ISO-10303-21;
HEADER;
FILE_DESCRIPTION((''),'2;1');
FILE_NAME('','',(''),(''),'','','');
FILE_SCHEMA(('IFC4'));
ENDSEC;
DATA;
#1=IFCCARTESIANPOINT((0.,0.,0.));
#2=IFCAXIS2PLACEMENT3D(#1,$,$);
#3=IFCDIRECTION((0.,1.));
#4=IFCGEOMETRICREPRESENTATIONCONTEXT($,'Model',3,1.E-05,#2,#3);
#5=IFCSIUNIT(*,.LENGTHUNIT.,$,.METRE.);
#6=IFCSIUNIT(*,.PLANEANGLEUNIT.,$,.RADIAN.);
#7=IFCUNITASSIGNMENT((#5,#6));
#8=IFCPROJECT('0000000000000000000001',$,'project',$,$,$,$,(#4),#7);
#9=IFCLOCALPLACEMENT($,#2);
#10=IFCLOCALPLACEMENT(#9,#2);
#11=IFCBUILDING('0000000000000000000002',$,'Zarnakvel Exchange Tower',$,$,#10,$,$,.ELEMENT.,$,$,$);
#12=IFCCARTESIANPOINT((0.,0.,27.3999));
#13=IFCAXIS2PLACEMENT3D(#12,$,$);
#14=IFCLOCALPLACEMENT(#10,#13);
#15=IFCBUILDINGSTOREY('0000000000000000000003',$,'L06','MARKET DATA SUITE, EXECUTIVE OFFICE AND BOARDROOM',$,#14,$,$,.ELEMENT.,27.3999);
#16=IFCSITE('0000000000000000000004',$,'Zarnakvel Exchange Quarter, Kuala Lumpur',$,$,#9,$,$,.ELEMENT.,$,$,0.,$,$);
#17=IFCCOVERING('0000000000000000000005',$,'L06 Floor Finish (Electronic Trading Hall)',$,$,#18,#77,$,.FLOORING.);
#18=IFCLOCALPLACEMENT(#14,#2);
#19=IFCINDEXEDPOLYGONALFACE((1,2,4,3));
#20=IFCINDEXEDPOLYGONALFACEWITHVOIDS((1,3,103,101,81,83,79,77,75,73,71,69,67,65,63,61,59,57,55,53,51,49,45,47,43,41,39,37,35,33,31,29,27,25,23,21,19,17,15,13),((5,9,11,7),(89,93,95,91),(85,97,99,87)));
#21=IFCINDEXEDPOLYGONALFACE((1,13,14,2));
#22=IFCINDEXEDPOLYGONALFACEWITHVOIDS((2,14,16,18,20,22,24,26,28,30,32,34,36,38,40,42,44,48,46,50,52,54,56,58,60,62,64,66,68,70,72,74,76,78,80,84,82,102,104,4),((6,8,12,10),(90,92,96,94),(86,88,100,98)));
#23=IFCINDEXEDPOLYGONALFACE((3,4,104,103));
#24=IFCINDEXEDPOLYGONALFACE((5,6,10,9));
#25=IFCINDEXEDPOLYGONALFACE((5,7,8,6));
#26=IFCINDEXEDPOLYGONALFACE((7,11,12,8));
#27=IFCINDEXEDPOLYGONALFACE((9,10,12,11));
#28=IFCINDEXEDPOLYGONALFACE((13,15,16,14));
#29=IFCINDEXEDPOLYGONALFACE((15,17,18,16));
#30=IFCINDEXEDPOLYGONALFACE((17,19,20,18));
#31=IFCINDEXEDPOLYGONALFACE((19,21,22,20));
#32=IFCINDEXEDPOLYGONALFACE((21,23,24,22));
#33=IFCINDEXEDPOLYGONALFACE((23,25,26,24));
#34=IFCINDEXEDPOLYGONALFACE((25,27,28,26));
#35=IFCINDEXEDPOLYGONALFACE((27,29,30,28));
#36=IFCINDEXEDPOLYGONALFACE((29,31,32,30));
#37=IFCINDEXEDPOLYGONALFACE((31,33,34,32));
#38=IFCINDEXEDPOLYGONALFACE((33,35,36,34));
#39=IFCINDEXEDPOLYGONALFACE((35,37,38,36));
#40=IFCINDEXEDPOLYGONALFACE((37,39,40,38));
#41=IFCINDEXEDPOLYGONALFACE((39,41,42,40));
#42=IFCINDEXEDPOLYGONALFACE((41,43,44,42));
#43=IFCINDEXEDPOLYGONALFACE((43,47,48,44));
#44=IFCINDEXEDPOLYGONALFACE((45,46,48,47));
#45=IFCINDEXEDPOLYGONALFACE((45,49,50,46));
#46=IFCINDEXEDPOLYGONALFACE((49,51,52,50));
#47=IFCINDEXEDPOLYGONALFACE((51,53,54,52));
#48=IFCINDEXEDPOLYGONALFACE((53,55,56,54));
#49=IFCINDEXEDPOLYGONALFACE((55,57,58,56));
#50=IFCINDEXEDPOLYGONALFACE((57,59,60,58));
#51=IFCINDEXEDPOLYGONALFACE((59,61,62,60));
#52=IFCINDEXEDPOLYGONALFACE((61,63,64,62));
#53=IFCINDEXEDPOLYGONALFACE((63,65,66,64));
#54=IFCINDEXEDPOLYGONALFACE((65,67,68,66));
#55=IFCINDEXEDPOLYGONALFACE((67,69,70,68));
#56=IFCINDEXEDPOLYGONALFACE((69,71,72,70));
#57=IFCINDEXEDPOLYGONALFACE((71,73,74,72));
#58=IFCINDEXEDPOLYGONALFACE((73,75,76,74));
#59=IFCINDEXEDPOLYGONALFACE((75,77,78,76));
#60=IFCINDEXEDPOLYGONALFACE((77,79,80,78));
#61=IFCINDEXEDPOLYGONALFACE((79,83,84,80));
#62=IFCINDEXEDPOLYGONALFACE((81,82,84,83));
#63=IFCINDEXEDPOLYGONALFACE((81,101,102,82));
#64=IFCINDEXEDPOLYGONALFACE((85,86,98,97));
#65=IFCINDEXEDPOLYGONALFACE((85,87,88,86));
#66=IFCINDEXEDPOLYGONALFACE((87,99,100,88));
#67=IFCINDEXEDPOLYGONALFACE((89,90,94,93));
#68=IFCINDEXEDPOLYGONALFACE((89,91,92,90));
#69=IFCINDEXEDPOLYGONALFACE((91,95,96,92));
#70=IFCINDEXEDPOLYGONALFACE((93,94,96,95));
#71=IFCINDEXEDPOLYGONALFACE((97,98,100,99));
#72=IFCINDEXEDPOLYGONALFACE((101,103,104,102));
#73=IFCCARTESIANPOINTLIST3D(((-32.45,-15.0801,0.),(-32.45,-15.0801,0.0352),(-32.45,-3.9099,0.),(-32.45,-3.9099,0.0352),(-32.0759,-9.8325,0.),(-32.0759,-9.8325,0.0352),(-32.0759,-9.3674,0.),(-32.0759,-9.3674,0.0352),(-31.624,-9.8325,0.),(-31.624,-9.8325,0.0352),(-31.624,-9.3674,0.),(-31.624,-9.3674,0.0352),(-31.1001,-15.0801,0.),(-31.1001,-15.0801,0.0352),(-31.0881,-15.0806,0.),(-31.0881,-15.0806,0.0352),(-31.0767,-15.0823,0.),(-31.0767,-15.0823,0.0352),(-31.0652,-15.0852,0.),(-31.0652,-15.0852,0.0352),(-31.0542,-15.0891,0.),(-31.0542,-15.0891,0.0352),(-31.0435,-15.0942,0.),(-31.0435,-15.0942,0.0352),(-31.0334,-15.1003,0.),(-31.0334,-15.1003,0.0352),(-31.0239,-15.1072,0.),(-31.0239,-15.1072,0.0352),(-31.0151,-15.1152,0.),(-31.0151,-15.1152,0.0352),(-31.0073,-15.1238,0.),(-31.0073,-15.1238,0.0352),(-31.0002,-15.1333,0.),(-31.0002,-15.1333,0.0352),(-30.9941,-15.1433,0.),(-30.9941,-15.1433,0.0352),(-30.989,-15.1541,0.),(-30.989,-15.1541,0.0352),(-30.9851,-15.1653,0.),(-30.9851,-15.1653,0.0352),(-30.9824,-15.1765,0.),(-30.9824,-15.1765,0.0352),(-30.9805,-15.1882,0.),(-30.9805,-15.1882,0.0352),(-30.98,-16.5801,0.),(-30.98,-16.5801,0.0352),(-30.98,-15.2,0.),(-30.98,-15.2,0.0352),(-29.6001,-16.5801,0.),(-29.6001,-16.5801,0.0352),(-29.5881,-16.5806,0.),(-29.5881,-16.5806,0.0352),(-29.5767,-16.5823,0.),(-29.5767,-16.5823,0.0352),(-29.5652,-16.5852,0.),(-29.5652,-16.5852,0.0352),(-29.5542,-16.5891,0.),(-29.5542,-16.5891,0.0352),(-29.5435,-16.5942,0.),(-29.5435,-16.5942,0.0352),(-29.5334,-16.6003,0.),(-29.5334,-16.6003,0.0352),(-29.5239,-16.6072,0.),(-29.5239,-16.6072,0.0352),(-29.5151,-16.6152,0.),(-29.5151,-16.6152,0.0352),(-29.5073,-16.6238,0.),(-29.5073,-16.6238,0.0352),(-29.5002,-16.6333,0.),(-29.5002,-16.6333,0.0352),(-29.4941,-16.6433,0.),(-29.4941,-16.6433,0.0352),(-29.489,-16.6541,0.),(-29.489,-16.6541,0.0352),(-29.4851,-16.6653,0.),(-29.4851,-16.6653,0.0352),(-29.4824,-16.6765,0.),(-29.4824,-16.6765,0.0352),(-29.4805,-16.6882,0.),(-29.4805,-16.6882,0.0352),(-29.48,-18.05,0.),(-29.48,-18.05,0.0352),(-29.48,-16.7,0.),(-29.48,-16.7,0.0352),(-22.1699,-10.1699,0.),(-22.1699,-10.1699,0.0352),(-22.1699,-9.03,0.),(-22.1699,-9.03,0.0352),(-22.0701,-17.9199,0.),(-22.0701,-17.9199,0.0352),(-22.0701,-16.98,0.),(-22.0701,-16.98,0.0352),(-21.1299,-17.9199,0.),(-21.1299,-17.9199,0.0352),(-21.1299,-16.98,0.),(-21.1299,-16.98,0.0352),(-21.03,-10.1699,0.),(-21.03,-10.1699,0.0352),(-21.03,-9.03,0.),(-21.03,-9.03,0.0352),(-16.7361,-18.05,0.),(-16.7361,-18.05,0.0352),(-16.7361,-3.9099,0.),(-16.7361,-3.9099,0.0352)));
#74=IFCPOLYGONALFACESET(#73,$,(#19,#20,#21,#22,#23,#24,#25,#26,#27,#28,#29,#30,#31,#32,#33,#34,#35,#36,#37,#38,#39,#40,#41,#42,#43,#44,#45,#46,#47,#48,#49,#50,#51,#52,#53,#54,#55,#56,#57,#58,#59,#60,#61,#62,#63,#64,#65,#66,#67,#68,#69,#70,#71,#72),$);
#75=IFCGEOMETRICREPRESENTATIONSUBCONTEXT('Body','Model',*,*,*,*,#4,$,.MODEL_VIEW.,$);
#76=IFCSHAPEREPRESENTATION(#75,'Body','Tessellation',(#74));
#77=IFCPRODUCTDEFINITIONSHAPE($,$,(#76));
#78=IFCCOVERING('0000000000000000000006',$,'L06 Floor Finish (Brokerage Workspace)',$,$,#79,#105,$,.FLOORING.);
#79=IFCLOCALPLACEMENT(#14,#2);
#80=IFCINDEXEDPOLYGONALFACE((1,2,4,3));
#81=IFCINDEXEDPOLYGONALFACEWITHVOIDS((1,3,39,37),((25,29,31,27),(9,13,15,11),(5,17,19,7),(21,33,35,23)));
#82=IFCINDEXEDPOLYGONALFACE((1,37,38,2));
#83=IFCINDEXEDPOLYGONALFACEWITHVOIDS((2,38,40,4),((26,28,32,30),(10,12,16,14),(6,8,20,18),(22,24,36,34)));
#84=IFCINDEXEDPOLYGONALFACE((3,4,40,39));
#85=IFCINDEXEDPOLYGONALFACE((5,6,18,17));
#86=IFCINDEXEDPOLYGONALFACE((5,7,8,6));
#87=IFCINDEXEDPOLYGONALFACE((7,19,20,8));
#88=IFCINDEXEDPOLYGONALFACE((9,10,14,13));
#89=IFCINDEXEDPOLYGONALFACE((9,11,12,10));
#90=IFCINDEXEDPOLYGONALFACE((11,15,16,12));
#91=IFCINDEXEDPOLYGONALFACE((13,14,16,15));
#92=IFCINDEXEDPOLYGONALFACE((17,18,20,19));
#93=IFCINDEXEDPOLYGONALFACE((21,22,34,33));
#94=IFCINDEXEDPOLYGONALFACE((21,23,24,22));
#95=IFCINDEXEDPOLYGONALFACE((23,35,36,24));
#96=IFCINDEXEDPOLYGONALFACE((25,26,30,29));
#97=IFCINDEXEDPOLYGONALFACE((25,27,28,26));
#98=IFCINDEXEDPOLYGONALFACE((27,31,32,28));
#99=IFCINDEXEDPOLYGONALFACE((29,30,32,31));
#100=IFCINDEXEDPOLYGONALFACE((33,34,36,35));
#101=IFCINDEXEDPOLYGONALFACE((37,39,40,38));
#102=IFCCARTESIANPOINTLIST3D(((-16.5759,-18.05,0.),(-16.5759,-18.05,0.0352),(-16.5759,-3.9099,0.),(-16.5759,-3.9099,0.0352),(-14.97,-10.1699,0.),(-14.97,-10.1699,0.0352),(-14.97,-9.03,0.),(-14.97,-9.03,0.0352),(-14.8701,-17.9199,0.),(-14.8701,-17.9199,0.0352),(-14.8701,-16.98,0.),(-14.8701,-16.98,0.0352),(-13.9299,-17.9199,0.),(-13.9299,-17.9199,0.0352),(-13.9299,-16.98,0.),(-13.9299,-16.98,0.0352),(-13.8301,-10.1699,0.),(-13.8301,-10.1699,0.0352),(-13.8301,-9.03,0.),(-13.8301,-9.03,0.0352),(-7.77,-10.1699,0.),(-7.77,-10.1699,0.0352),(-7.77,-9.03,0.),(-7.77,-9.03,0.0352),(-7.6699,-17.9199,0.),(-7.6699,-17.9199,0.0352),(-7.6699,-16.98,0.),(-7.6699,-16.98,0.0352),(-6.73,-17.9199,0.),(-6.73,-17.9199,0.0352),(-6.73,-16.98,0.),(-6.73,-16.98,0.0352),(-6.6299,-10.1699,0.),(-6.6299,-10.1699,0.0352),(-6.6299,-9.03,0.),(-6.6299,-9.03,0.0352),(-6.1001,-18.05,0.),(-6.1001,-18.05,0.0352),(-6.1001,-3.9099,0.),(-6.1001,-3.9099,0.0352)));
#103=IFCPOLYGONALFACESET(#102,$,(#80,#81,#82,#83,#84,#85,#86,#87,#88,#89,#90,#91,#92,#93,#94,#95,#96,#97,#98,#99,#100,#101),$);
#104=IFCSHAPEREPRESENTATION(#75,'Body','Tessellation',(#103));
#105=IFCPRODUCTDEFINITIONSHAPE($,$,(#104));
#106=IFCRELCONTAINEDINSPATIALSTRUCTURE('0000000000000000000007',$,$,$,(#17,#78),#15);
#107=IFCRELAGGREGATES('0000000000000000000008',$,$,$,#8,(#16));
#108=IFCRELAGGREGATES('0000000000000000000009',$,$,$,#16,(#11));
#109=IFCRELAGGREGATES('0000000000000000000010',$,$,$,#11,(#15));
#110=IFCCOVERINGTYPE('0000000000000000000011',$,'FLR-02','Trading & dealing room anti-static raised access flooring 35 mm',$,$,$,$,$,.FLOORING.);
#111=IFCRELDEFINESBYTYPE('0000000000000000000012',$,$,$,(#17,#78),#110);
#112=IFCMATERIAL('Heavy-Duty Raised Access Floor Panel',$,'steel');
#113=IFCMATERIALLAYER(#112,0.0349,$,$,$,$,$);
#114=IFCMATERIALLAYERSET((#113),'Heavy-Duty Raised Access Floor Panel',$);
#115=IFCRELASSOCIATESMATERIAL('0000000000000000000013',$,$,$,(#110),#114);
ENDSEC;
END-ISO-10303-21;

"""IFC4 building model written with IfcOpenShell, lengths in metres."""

from ifc_helpers import new_model, si_unit, direction, frame, origin, place, context, subcontext, project, spatial, polyline, outline, extrude, material, layer, layer_set, type_object, element, save


model = new_model("IFC4")

# Units and contexts
model_context = context("Model", 3, precision=1e-05, world=origin(), true_north=direction((0.0, 1.0)))
body_context = subcontext(model_context, "Body", "Model", "MODEL_VIEW")
ifc_project = project(units=[si_unit("LENGTHUNIT", "METRE"), si_unit("PLANEANGLEUNIT", "RADIAN")], contexts=[model_context])

# Site, building, storey
site_placement = place(None, origin())
site = spatial("IfcSite", under=ifc_project, at=site_placement, Name="Zarnakvel Exchange Quarter, Kuala Lumpur", CompositionType="ELEMENT", RefElevation=0.0)
building_placement = place(site_placement, origin())
building = spatial("IfcBuilding", under=site, at=building_placement, Name="Zarnakvel Exchange Tower", CompositionType="ELEMENT")
storey_placement = place(building_placement, frame((0.0, 0.0, 27.3999)))
storey = spatial("IfcBuildingStorey", under=building, at=storey_placement, Name="L06", Description="MARKET DATA SUITE, EXECUTIVE OFFICE AND BOARDROOM", CompositionType="ELEMENT", Elevation=27.3999)

# Coverings
ifc_material_1 = material(Name="Heavy-Duty Raised Access Floor Panel", Category="steel")
ifc_layer_1 = layer(ifc_material_1, 0.0349)
ifc_layer_set_1 = layer_set([ifc_layer_1], Name="Heavy-Duty Raised Access Floor Panel")
covering_type_1 = type_object("IfcCoveringType", Name="FLR-02", Description="Trading & dealing room anti-static raised access flooring 35 mm", PredefinedType="FLOORING", material=ifc_layer_set_1)
covering_1_placement = place(storey_placement, origin())
element("IfcCovering", 1, at=covering_1_placement, inside=storey, type_object=covering_type_1, Name="L06 Floor Finish (Electronic Trading Hall)", PredefinedType="FLOORING", context=body_context, shape_type="SweptSolid", body=[
    extrude(outline(polyline([(-16.7361, -3.9099), (-16.7361, -18.05), (-29.48, -18.05), (-29.48, -16.7), (-29.4805, -16.6882), (-29.4824, -16.6765), (-29.4851, -16.6653), (-29.489, -16.6541), (-29.4941, -16.6433), (-29.5002, -16.6333), (-29.5073, -16.6238), (-29.5151, -16.6152), (-29.5239, -16.6072), (-29.5334, -16.6003), (-29.5435, -16.5942), (-29.5542, -16.5891), (-29.5652, -16.5852), (-29.5767, -16.5823), (-29.5881, -16.5806), (-29.6001, -16.5801), (-30.98, -16.5801), (-30.98, -15.2), (-30.9805, -15.1882), (-30.9824, -15.1765), (-30.9851, -15.1653), (-30.989, -15.1541), (-30.9941, -15.1433), (-31.0002, -15.1333), (-31.0073, -15.1238), (-31.0151, -15.1152), (-31.0239, -15.1072), (-31.0334, -15.1003), (-31.0435, -15.0942), (-31.0542, -15.0891), (-31.0652, -15.0852), (-31.0767, -15.0823), (-31.0881, -15.0806), (-31.1001, -15.0801), (-32.45, -15.0801), (-32.45, -3.9099), (-16.7361, -3.9099)]), holes=[polyline([(-21.03, -10.1699), (-21.03, -9.03), (-22.1699, -9.03), (-22.1699, -10.1699), (-21.03, -10.1699)]), polyline([(-21.1299, -17.9199), (-21.1299, -16.98), (-22.0701, -16.98), (-22.0701, -17.9199), (-21.1299, -17.9199)]), polyline([(-32.0759, -9.8325), (-31.624, -9.8325), (-31.624, -9.3674), (-32.0759, -9.3674), (-32.0759, -9.8325)])]), origin(), (0.0, 0.0, 1.0), 0.0352),
])
covering_2_placement = place(storey_placement, origin())
element("IfcCovering", 2, at=covering_2_placement, inside=storey, type_object=covering_type_1, Name="L06 Floor Finish (Brokerage Workspace)", PredefinedType="FLOORING", context=body_context, shape_type="SweptSolid", body=[
    extrude(outline(polyline([(-16.5759, -3.9099), (-6.1001, -3.9099), (-6.1001, -18.05), (-16.5759, -18.05), (-16.5759, -3.9099)]), holes=[polyline([(-7.77, -10.1699), (-6.6299, -10.1699), (-6.6299, -9.03), (-7.77, -9.03), (-7.77, -10.1699)]), polyline([(-6.73, -17.9199), (-6.73, -16.98), (-7.6699, -16.98), (-7.6699, -17.9199), (-6.73, -17.9199)]), polyline([(-13.8301, -10.1699), (-13.8301, -9.03), (-14.97, -9.03), (-14.97, -10.1699), (-13.8301, -10.1699)]), polyline([(-13.9299, -17.9199), (-13.9299, -16.98), (-14.8701, -16.98), (-14.8701, -17.9199), (-13.9299, -17.9199)])]), origin(), (0.0, 0.0, 1.0), 0.0352),
])

save(model, "model.ifc")
